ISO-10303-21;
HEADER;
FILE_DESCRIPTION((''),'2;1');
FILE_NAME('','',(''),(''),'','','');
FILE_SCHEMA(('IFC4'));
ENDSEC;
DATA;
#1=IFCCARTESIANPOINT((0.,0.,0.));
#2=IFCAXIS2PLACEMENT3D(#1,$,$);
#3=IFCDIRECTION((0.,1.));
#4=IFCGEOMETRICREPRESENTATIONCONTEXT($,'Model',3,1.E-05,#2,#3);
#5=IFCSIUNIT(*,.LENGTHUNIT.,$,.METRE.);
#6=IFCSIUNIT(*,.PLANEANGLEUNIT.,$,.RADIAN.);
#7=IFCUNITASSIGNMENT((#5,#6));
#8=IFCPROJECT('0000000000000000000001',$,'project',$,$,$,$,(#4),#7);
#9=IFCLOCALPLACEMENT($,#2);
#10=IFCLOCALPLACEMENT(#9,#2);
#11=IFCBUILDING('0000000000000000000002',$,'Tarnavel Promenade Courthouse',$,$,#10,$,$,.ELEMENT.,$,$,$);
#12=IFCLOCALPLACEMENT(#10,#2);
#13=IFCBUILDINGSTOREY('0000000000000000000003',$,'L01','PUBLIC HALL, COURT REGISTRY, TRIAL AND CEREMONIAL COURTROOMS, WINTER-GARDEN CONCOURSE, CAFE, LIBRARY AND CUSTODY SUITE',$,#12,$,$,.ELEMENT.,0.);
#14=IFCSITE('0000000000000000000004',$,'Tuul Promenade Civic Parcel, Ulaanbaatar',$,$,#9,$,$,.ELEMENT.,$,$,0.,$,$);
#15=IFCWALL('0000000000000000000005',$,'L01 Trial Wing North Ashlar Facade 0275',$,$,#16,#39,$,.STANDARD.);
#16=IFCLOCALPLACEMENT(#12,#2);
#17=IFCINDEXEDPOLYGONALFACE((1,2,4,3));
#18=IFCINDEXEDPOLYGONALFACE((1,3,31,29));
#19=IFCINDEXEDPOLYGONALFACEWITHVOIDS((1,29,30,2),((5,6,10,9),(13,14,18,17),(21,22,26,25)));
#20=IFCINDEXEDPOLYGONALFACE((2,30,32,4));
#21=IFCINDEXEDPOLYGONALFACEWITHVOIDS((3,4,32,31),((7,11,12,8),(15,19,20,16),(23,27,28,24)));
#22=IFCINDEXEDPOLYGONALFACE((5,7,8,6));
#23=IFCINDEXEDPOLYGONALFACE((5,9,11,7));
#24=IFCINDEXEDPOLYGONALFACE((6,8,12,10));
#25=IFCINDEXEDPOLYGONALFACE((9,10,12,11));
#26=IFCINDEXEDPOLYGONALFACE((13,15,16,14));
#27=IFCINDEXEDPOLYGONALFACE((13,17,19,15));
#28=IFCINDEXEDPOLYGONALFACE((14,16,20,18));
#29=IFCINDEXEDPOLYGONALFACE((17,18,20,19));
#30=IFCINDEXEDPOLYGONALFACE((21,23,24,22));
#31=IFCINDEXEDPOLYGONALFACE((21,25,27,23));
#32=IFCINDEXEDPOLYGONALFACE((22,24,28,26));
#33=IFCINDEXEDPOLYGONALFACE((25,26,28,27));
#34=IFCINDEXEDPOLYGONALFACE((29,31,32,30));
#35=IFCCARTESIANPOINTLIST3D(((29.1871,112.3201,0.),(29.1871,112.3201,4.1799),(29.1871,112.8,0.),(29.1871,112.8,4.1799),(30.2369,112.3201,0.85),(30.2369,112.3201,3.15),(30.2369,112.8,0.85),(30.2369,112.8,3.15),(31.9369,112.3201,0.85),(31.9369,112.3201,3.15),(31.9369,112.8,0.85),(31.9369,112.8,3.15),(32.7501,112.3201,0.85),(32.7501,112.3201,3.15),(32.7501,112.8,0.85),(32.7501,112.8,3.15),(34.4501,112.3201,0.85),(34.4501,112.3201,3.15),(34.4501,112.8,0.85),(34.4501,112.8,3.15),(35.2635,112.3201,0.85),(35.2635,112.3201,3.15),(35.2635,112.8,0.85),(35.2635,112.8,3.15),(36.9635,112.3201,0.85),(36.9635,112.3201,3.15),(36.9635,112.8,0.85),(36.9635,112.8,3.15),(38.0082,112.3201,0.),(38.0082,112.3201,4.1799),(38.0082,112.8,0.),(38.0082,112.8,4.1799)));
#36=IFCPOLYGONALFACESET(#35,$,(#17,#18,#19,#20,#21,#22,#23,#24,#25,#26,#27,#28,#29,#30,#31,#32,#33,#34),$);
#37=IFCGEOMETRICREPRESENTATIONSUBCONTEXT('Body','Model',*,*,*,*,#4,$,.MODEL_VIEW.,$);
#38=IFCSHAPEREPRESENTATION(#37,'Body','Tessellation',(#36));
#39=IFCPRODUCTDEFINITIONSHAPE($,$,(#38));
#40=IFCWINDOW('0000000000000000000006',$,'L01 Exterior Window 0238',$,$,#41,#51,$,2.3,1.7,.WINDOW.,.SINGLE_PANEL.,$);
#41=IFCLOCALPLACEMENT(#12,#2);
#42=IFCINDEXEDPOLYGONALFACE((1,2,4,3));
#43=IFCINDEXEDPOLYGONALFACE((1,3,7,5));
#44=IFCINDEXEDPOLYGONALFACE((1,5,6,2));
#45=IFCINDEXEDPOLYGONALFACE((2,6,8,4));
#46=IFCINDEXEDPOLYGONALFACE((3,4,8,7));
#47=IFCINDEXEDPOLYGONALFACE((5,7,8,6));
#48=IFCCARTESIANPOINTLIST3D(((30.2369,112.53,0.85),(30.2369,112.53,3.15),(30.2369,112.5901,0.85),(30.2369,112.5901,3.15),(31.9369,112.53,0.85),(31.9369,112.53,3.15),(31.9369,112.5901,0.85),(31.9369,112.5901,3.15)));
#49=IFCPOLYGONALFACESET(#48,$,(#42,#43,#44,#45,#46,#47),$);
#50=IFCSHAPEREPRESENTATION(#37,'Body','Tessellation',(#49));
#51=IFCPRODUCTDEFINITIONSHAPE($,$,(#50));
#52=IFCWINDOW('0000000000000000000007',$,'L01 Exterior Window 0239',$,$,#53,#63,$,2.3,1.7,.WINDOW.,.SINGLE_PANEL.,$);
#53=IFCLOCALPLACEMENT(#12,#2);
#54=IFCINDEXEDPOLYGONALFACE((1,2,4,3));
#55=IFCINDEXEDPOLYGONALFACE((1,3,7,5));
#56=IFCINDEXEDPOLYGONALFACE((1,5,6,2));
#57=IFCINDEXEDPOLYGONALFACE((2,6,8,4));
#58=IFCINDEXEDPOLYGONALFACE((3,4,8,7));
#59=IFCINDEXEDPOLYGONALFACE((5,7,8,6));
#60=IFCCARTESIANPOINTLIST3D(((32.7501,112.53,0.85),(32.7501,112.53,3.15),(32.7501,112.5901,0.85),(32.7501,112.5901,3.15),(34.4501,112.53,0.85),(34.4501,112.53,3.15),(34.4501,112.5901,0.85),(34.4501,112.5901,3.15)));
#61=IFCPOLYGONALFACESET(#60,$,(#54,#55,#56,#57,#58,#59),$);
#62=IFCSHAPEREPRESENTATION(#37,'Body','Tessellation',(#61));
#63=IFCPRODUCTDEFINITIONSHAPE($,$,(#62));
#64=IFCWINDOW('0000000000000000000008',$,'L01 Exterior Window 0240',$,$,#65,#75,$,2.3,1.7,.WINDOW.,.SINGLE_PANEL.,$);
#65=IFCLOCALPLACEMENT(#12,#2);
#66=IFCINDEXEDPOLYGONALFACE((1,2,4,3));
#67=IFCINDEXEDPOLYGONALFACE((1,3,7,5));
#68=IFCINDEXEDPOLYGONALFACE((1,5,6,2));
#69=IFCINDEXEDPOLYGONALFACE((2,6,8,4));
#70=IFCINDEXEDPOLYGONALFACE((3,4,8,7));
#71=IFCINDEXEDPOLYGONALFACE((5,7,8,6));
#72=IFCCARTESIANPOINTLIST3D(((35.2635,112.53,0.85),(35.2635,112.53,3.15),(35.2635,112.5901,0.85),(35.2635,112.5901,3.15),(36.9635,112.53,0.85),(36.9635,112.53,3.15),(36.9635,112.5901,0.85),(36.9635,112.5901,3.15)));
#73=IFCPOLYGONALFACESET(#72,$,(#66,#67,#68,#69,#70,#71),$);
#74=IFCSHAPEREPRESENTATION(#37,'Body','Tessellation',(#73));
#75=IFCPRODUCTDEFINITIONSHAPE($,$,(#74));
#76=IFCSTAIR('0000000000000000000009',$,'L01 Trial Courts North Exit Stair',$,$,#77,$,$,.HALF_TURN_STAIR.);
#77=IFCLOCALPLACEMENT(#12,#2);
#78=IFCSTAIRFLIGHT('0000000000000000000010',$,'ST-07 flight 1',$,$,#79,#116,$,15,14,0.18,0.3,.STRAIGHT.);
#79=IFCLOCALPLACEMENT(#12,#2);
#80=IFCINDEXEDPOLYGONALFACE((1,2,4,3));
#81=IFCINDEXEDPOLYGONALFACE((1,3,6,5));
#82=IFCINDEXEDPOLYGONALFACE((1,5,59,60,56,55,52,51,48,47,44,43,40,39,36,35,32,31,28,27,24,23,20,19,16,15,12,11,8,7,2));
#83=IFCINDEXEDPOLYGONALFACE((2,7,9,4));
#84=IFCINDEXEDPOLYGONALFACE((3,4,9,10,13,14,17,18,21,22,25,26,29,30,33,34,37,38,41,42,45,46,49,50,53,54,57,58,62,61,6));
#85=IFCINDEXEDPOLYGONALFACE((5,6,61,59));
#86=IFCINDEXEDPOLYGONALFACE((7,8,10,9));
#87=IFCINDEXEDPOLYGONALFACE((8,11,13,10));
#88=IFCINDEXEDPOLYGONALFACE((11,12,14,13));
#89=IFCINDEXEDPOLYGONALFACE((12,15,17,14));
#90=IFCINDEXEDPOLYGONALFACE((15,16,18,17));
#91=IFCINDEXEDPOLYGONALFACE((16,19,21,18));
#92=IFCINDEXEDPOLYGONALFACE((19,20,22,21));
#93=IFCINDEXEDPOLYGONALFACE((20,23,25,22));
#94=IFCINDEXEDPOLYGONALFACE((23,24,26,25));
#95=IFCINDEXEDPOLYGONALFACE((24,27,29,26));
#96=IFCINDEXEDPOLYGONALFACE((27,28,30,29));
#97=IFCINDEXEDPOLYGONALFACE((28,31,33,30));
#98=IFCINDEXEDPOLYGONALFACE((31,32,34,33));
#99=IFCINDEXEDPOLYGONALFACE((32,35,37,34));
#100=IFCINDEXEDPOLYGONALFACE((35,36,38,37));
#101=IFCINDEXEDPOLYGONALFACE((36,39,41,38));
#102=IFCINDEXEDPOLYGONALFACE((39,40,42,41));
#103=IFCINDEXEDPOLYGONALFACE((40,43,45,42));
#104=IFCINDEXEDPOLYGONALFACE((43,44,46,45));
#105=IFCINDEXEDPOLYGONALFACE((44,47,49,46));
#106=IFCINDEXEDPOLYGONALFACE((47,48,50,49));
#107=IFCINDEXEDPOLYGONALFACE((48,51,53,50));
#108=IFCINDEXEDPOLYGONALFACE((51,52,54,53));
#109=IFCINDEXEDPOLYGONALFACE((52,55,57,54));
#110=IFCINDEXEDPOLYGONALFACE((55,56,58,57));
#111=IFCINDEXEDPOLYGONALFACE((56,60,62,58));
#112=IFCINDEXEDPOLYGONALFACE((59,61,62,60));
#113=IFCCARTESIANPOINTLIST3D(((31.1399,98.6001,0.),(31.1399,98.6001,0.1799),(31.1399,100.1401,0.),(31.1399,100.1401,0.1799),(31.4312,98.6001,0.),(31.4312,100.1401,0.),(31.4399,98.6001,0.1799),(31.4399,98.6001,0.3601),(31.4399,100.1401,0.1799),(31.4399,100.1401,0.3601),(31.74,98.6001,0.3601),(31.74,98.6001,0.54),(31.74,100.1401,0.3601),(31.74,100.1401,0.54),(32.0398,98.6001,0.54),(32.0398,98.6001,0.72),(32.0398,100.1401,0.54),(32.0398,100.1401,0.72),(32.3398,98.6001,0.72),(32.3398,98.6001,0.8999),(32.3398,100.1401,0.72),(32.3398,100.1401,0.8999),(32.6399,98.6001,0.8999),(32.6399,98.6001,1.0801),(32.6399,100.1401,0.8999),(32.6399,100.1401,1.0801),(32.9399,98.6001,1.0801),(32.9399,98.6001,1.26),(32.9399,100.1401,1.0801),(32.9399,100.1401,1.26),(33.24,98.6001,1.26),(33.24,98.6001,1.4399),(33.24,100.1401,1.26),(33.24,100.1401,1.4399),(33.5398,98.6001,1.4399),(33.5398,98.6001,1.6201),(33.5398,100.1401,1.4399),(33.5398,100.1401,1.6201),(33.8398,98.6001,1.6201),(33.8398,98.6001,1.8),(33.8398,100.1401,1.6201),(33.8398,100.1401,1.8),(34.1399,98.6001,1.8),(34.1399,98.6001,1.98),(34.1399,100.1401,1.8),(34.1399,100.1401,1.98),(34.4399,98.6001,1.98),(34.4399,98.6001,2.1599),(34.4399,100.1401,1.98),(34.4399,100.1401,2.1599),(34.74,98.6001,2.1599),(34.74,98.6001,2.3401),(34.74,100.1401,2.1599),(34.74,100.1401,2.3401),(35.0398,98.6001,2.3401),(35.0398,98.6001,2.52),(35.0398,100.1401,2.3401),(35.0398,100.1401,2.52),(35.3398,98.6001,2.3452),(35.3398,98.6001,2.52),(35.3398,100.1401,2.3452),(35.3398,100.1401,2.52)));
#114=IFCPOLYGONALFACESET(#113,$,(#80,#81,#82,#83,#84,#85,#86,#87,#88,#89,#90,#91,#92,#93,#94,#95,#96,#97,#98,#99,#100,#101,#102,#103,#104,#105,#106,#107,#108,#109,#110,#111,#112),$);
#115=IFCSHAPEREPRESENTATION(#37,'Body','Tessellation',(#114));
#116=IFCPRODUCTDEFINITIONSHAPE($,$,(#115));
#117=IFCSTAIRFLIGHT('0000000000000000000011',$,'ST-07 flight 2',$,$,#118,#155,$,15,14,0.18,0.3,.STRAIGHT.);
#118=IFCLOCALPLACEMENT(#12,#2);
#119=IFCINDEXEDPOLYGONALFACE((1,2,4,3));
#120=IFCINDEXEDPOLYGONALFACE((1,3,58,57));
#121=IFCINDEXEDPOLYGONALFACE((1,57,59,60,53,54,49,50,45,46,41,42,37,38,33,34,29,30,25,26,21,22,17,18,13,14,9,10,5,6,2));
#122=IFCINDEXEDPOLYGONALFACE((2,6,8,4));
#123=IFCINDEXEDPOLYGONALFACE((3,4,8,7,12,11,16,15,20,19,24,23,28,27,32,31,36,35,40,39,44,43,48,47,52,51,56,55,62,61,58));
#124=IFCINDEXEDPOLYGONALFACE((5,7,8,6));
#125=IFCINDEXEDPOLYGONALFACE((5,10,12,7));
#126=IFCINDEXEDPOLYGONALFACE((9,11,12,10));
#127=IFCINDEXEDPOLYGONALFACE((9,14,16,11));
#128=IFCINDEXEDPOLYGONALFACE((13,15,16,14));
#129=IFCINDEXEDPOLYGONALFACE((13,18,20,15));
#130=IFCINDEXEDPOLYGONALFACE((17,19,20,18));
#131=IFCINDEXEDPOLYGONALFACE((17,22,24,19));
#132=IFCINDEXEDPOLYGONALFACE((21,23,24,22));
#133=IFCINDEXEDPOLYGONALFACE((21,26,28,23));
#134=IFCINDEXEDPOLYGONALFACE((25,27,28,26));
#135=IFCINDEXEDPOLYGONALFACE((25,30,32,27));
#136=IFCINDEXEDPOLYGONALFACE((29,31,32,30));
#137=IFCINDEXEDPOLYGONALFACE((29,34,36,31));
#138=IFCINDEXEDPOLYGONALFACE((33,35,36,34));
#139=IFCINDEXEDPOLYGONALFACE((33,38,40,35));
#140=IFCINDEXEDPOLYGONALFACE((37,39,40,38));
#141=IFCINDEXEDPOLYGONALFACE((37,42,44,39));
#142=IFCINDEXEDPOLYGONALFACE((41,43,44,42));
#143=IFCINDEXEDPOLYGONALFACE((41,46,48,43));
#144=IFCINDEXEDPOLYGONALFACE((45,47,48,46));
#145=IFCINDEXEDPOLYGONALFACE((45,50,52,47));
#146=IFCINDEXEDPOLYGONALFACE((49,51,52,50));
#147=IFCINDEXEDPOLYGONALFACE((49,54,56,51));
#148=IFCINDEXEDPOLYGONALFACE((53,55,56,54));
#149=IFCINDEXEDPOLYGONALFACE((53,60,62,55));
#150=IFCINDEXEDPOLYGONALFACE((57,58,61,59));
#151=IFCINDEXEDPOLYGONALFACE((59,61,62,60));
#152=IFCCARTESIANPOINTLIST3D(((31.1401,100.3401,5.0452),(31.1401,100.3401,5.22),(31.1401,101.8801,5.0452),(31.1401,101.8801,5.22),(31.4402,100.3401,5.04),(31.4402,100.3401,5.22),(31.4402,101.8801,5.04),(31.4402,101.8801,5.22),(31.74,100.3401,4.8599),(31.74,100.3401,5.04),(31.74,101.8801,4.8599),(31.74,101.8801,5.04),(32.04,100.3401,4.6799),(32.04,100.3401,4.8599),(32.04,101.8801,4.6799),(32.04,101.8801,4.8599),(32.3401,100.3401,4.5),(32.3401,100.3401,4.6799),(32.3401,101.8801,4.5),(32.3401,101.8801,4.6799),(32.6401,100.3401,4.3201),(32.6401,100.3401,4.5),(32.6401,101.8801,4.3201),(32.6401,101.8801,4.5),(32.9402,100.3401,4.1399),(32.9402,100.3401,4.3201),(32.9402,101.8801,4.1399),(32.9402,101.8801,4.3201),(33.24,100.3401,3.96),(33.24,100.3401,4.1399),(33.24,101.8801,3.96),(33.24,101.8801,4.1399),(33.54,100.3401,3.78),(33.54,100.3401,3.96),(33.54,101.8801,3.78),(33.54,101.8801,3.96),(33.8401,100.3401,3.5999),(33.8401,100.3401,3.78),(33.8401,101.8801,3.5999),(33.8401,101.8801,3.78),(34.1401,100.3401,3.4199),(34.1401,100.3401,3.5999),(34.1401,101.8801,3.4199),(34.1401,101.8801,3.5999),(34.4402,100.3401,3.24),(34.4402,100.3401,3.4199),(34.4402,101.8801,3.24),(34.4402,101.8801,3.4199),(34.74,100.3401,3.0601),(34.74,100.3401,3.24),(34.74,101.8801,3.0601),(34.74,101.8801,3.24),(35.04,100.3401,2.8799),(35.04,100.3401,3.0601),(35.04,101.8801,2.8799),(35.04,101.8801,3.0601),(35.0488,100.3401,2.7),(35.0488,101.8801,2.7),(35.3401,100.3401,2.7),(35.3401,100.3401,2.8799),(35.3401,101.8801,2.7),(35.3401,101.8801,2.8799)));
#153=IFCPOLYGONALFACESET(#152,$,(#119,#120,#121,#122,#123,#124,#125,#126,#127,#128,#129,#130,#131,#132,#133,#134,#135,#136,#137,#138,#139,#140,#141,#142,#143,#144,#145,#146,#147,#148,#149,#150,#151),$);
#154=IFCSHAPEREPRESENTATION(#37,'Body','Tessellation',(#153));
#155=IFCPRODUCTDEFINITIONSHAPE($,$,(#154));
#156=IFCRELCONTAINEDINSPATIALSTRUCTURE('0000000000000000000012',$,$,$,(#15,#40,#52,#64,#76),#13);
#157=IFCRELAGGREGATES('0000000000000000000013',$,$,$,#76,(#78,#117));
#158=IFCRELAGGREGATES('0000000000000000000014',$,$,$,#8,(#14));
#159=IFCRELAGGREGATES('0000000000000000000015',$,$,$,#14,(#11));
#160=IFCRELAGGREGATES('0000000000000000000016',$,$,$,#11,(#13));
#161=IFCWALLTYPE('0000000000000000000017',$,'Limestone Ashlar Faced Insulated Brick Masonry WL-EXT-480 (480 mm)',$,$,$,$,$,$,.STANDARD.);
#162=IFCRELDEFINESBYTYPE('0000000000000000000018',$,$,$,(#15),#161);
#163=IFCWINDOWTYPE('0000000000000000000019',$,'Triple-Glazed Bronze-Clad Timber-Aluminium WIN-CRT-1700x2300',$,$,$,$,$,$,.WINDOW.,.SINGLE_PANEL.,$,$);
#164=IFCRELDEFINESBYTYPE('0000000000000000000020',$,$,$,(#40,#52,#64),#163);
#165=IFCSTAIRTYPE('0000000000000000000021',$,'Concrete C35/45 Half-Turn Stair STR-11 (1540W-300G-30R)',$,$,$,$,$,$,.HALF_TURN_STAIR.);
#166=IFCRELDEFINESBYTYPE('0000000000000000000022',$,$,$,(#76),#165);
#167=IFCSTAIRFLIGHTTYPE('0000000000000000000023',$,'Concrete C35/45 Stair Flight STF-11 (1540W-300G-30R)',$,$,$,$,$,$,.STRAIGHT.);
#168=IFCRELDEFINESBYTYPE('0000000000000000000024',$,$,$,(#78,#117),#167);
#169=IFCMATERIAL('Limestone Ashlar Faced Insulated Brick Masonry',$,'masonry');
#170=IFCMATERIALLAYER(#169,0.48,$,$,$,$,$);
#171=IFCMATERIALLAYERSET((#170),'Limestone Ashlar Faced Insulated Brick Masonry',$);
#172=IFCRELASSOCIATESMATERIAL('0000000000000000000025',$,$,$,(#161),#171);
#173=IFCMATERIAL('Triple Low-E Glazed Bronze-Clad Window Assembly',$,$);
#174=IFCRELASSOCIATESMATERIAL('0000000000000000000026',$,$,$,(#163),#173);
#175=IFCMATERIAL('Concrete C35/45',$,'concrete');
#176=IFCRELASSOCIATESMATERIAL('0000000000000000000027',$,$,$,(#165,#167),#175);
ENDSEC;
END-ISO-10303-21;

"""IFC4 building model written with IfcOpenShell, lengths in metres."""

from ifc_helpers import new_model, si_unit, direction, frame, frame_2d, origin, place, context, subcontext, project, spatial, polyline, rectangle, outline, extrude, material, layer, layer_set, type_object, element, fill, aggregate, save


model = new_model("IFC4")

# Units and contexts
model_context = context("Model", 3, precision=1e-05, world=origin(), true_north=direction((0.0, 1.0)))
body_context = subcontext(model_context, "Body", "Model", "MODEL_VIEW")
ifc_project = project(units=[si_unit("LENGTHUNIT", "METRE"), si_unit("PLANEANGLEUNIT", "RADIAN")], contexts=[model_context])

# Site, building, storey
site_placement = place(None, origin())
site = spatial("IfcSite", under=ifc_project, at=site_placement, Name="Tuul Promenade Civic Parcel, Ulaanbaatar", CompositionType="ELEMENT", RefElevation=0.0)
building_placement = place(site_placement, origin())
building = spatial("IfcBuilding", under=site, at=building_placement, Name="Tarnavel Promenade Courthouse", CompositionType="ELEMENT")
storey_placement = place(building_placement, origin())
storey = spatial("IfcBuildingStorey", under=building, at=storey_placement, Name="L01", Description="PUBLIC HALL, COURT REGISTRY, TRIAL AND CEREMONIAL COURTROOMS, WINTER-GARDEN CONCOURSE, CAFE, LIBRARY AND CUSTODY SUITE", CompositionType="ELEMENT", Elevation=0.0)

# Wall, openings, windows
ifc_material_1 = material(Name="Limestone Ashlar Faced Insulated Brick Masonry", Category="masonry")
ifc_layer_1 = layer(ifc_material_1, 0.48)
ifc_layer_set_1 = layer_set([ifc_layer_1], Name="Limestone Ashlar Faced Insulated Brick Masonry")
wall_type_1 = type_object("IfcWallType", Name="Limestone Ashlar Faced Insulated Brick Masonry WL-EXT-480 (480 mm)", PredefinedType="STANDARD", material=ifc_layer_set_1)
wall_1_placement = place(storey_placement, frame((29.187, 112.5601, 0.0), z_axis=(0.0, 0.0, 1.0), x_axis=(1.0, 0.0, 0.0)))
wall_1 = element("IfcWall", 1, at=wall_1_placement, inside=storey, type_object=wall_type_1, Name="L01 Trial Wing North Ashlar Facade 0275", PredefinedType="STANDARD", context=body_context, shape_type="SweptSolid", body=[
    extrude(rectangle(XDim=8.821, YDim=0.48, at=frame_2d((4.4106, 0.0))), origin(), (0.0, 0.0, 1.0), 4.1799),
])
opening_1_placement = place(wall_1_placement, frame((1.0498, 0.0, 0.8501)))
opening_1 = element("IfcOpeningElement", 2, at=opening_1_placement, cuts=wall_1, PredefinedType="OPENING", context=body_context, shape_type="SweptSolid", body=[
    extrude(rectangle(XDim=1.7, YDim=2.3, at=frame_2d((0.8501, 1.1499))), frame((0.0, 0.25, 0.0), z_axis=(0.0, -1.0, 0.0), x_axis=(1.0, 0.0, 0.0)), (0.0, 0.0, 1.0), 0.5),
])
opening_2_placement = place(wall_1_placement, frame((3.563, 0.0, 0.8501)))
opening_2 = element("IfcOpeningElement", 3, at=opening_2_placement, cuts=wall_1, PredefinedType="OPENING", context=body_context, shape_type="SweptSolid", body=[
    extrude(rectangle(XDim=1.7, YDim=2.3, at=frame_2d((0.8501, 1.1499))), frame((0.0, 0.25, 0.0), z_axis=(0.0, -1.0, 0.0), x_axis=(1.0, 0.0, 0.0)), (0.0, 0.0, 1.0), 0.5),
])
opening_3_placement = place(wall_1_placement, frame((6.0764, 0.0, 0.8501)))
opening_3 = element("IfcOpeningElement", 4, at=opening_3_placement, cuts=wall_1, PredefinedType="OPENING", context=body_context, shape_type="SweptSolid", body=[
    extrude(rectangle(XDim=1.7, YDim=2.3, at=frame_2d((0.8501, 1.1499))), frame((0.0, 0.25, 0.0), z_axis=(0.0, -1.0, 0.0), x_axis=(1.0, 0.0, 0.0)), (0.0, 0.0, 1.0), 0.5),
])
ifc_material_2 = material(Name="Triple Low-E Glazed Bronze-Clad Window Assembly")
window_type = type_object("IfcWindowType", Name="Triple-Glazed Bronze-Clad Timber-Aluminium WIN-CRT-1700x2300", PartitioningType="SINGLE_PANEL", PredefinedType="WINDOW", material=ifc_material_2)
window_1_placement = place(opening_1_placement, origin())
window_1 = element("IfcWindow", 5, at=window_1_placement, inside=storey, type_object=window_type, Name="L01 Exterior Window 0238", OverallHeight=2.3, OverallWidth=1.7, PartitioningType="SINGLE_PANEL", PredefinedType="WINDOW", context=body_context, shape_type="SweptSolid", body=[
    extrude(rectangle(XDim=1.7, YDim=2.3, at=frame_2d((0.8501, 1.1499))), frame((0.0, 0.03, 0.0), z_axis=(0.0, -1.0, 0.0), x_axis=(1.0, 0.0, 0.0)), (0.0, 0.0, 1.0), 0.0601),
])
fill(opening_1, window_1)
window_2_placement = place(opening_2_placement, origin())
window_2 = element("IfcWindow", 6, at=window_2_placement, inside=storey, type_object=window_type, Name="L01 Exterior Window 0239", OverallHeight=2.3, OverallWidth=1.7, PartitioningType="SINGLE_PANEL", PredefinedType="WINDOW", context=body_context, shape_type="SweptSolid", body=[
    extrude(rectangle(XDim=1.7, YDim=2.3, at=frame_2d((0.8501, 1.1499))), frame((0.0, 0.03, 0.0), z_axis=(0.0, -1.0, 0.0), x_axis=(1.0, 0.0, 0.0)), (0.0, 0.0, 1.0), 0.0601),
])
fill(opening_2, window_2)
window_3_placement = place(opening_3_placement, origin())
window_3 = element("IfcWindow", 7, at=window_3_placement, inside=storey, type_object=window_type, Name="L01 Exterior Window 0240", OverallHeight=2.3, OverallWidth=1.7, PartitioningType="SINGLE_PANEL", PredefinedType="WINDOW", context=body_context, shape_type="SweptSolid", body=[
    extrude(rectangle(XDim=1.7, YDim=2.3, at=frame_2d((0.8501, 1.1499))), frame((0.0, 0.03, 0.0), z_axis=(0.0, -1.0, 0.0), x_axis=(1.0, 0.0, 0.0)), (0.0, 0.0, 1.0), 0.0601),
])
fill(opening_3, window_3)

# Stair, stair flights
ifc_material_3 = material(Name="Concrete C35/45", Category="concrete")
stair_type = type_object("IfcStairType", Name="Concrete C35/45 Half-Turn Stair STR-11 (1540W-300G-30R)", PredefinedType="HALF_TURN_STAIR", material=ifc_material_3)
stair_placement = place(storey_placement, origin())
stair = element("IfcStair", 8, at=stair_placement, inside=storey, type_object=stair_type, Name="L01 Trial Courts North Exit Stair", PredefinedType="HALF_TURN_STAIR")
stair_flight_type = type_object("IfcStairFlightType", Name="Concrete C35/45 Stair Flight STF-11 (1540W-300G-30R)", PredefinedType="STRAIGHT", material=ifc_material_3)
stair_flight_1_placement = place(storey_placement, frame((31.1399, 99.3701, 0.0), z_axis=(0.0, 0.0, 1.0), x_axis=(1.0, 0.0, 0.0)))
stair_flight_1 = element("IfcStairFlight", 9, at=stair_flight_1_placement, type_object=stair_flight_type, Name="ST-07 flight 1", NumberOfRisers=15, NumberOfTreads=14, PredefinedType="STRAIGHT", RiserHeight=0.18, TreadLength=0.3, context=body_context, shape_type="SweptSolid", body=[
    extrude(outline(polyline([(0.0, 0.0), (0.0, 0.1799), (0.3, 0.1799), (0.3, 0.3601), (0.6001, 0.3601), (0.6001, 0.54), (0.8999, 0.54), (0.8999, 0.72), (1.2, 0.72), (1.2, 0.8999), (1.5, 0.8999), (1.5, 1.0801), (1.8, 1.0801), (1.8, 1.26), (2.1001, 1.26), (2.1001, 1.4399), (2.3999, 1.4399), (2.3999, 1.6201), (2.7, 1.6201), (2.7, 1.8), (3.0, 1.8), (3.0, 1.98), (3.3, 1.98), (3.3, 2.1599), (3.6001, 2.1599), (3.6001, 2.3401), (3.8999, 2.3401), (3.8999, 2.52), (4.2, 2.52), (4.2, 2.7), (4.2, 2.3452), (0.2913, 0.0), (0.0, 0.0)])), frame((0.0, 0.77, 0.0), z_axis=(0.0, -1.0, 0.0), x_axis=(1.0, 0.0, 0.0)), (0.0, 0.0, 1.0), 1.54),
])
stair_flight_2_placement = place(storey_placement, frame((35.3401, 101.1101, 2.7), z_axis=(0.0, 0.0, 1.0), x_axis=(-1.0, 0.0, 0.0)))
stair_flight_2 = element("IfcStairFlight", 10, at=stair_flight_2_placement, type_object=stair_flight_type, Name="ST-07 flight 2", NumberOfRisers=15, NumberOfTreads=14, PredefinedType="STRAIGHT", RiserHeight=0.18, TreadLength=0.3, context=body_context, shape_type="SweptSolid", body=[
    extrude(outline(polyline([(0.0, 0.0), (0.0, 0.1799), (0.3, 0.1799), (0.3, 0.3601), (0.6001, 0.3601), (0.6001, 0.54), (0.8999, 0.54), (0.8999, 0.72), (1.2, 0.72), (1.2, 0.8999), (1.5, 0.8999), (1.5, 1.0801), (1.8, 1.0801), (1.8, 1.26), (2.1001, 1.26), (2.1001, 1.4399), (2.3999, 1.4399), (2.3999, 1.6201), (2.7, 1.6201), (2.7, 1.8), (3.0, 1.8), (3.0, 1.98), (3.3, 1.98), (3.3, 2.1599), (3.6001, 2.1599), (3.6001, 2.3401), (3.8999, 2.3401), (3.8999, 2.52), (4.2, 2.52), (4.2, 2.7), (4.2, 2.3452), (0.2913, 0.0), (0.0, 0.0)])), frame((0.0, 0.77, 0.0), z_axis=(0.0, -1.0, 0.0), x_axis=(1.0, 0.0, 0.0)), (0.0, 0.0, 1.0), 1.54),
])
aggregate(stair, [stair_flight_1, stair_flight_2])

save(model, "model.ifc")
